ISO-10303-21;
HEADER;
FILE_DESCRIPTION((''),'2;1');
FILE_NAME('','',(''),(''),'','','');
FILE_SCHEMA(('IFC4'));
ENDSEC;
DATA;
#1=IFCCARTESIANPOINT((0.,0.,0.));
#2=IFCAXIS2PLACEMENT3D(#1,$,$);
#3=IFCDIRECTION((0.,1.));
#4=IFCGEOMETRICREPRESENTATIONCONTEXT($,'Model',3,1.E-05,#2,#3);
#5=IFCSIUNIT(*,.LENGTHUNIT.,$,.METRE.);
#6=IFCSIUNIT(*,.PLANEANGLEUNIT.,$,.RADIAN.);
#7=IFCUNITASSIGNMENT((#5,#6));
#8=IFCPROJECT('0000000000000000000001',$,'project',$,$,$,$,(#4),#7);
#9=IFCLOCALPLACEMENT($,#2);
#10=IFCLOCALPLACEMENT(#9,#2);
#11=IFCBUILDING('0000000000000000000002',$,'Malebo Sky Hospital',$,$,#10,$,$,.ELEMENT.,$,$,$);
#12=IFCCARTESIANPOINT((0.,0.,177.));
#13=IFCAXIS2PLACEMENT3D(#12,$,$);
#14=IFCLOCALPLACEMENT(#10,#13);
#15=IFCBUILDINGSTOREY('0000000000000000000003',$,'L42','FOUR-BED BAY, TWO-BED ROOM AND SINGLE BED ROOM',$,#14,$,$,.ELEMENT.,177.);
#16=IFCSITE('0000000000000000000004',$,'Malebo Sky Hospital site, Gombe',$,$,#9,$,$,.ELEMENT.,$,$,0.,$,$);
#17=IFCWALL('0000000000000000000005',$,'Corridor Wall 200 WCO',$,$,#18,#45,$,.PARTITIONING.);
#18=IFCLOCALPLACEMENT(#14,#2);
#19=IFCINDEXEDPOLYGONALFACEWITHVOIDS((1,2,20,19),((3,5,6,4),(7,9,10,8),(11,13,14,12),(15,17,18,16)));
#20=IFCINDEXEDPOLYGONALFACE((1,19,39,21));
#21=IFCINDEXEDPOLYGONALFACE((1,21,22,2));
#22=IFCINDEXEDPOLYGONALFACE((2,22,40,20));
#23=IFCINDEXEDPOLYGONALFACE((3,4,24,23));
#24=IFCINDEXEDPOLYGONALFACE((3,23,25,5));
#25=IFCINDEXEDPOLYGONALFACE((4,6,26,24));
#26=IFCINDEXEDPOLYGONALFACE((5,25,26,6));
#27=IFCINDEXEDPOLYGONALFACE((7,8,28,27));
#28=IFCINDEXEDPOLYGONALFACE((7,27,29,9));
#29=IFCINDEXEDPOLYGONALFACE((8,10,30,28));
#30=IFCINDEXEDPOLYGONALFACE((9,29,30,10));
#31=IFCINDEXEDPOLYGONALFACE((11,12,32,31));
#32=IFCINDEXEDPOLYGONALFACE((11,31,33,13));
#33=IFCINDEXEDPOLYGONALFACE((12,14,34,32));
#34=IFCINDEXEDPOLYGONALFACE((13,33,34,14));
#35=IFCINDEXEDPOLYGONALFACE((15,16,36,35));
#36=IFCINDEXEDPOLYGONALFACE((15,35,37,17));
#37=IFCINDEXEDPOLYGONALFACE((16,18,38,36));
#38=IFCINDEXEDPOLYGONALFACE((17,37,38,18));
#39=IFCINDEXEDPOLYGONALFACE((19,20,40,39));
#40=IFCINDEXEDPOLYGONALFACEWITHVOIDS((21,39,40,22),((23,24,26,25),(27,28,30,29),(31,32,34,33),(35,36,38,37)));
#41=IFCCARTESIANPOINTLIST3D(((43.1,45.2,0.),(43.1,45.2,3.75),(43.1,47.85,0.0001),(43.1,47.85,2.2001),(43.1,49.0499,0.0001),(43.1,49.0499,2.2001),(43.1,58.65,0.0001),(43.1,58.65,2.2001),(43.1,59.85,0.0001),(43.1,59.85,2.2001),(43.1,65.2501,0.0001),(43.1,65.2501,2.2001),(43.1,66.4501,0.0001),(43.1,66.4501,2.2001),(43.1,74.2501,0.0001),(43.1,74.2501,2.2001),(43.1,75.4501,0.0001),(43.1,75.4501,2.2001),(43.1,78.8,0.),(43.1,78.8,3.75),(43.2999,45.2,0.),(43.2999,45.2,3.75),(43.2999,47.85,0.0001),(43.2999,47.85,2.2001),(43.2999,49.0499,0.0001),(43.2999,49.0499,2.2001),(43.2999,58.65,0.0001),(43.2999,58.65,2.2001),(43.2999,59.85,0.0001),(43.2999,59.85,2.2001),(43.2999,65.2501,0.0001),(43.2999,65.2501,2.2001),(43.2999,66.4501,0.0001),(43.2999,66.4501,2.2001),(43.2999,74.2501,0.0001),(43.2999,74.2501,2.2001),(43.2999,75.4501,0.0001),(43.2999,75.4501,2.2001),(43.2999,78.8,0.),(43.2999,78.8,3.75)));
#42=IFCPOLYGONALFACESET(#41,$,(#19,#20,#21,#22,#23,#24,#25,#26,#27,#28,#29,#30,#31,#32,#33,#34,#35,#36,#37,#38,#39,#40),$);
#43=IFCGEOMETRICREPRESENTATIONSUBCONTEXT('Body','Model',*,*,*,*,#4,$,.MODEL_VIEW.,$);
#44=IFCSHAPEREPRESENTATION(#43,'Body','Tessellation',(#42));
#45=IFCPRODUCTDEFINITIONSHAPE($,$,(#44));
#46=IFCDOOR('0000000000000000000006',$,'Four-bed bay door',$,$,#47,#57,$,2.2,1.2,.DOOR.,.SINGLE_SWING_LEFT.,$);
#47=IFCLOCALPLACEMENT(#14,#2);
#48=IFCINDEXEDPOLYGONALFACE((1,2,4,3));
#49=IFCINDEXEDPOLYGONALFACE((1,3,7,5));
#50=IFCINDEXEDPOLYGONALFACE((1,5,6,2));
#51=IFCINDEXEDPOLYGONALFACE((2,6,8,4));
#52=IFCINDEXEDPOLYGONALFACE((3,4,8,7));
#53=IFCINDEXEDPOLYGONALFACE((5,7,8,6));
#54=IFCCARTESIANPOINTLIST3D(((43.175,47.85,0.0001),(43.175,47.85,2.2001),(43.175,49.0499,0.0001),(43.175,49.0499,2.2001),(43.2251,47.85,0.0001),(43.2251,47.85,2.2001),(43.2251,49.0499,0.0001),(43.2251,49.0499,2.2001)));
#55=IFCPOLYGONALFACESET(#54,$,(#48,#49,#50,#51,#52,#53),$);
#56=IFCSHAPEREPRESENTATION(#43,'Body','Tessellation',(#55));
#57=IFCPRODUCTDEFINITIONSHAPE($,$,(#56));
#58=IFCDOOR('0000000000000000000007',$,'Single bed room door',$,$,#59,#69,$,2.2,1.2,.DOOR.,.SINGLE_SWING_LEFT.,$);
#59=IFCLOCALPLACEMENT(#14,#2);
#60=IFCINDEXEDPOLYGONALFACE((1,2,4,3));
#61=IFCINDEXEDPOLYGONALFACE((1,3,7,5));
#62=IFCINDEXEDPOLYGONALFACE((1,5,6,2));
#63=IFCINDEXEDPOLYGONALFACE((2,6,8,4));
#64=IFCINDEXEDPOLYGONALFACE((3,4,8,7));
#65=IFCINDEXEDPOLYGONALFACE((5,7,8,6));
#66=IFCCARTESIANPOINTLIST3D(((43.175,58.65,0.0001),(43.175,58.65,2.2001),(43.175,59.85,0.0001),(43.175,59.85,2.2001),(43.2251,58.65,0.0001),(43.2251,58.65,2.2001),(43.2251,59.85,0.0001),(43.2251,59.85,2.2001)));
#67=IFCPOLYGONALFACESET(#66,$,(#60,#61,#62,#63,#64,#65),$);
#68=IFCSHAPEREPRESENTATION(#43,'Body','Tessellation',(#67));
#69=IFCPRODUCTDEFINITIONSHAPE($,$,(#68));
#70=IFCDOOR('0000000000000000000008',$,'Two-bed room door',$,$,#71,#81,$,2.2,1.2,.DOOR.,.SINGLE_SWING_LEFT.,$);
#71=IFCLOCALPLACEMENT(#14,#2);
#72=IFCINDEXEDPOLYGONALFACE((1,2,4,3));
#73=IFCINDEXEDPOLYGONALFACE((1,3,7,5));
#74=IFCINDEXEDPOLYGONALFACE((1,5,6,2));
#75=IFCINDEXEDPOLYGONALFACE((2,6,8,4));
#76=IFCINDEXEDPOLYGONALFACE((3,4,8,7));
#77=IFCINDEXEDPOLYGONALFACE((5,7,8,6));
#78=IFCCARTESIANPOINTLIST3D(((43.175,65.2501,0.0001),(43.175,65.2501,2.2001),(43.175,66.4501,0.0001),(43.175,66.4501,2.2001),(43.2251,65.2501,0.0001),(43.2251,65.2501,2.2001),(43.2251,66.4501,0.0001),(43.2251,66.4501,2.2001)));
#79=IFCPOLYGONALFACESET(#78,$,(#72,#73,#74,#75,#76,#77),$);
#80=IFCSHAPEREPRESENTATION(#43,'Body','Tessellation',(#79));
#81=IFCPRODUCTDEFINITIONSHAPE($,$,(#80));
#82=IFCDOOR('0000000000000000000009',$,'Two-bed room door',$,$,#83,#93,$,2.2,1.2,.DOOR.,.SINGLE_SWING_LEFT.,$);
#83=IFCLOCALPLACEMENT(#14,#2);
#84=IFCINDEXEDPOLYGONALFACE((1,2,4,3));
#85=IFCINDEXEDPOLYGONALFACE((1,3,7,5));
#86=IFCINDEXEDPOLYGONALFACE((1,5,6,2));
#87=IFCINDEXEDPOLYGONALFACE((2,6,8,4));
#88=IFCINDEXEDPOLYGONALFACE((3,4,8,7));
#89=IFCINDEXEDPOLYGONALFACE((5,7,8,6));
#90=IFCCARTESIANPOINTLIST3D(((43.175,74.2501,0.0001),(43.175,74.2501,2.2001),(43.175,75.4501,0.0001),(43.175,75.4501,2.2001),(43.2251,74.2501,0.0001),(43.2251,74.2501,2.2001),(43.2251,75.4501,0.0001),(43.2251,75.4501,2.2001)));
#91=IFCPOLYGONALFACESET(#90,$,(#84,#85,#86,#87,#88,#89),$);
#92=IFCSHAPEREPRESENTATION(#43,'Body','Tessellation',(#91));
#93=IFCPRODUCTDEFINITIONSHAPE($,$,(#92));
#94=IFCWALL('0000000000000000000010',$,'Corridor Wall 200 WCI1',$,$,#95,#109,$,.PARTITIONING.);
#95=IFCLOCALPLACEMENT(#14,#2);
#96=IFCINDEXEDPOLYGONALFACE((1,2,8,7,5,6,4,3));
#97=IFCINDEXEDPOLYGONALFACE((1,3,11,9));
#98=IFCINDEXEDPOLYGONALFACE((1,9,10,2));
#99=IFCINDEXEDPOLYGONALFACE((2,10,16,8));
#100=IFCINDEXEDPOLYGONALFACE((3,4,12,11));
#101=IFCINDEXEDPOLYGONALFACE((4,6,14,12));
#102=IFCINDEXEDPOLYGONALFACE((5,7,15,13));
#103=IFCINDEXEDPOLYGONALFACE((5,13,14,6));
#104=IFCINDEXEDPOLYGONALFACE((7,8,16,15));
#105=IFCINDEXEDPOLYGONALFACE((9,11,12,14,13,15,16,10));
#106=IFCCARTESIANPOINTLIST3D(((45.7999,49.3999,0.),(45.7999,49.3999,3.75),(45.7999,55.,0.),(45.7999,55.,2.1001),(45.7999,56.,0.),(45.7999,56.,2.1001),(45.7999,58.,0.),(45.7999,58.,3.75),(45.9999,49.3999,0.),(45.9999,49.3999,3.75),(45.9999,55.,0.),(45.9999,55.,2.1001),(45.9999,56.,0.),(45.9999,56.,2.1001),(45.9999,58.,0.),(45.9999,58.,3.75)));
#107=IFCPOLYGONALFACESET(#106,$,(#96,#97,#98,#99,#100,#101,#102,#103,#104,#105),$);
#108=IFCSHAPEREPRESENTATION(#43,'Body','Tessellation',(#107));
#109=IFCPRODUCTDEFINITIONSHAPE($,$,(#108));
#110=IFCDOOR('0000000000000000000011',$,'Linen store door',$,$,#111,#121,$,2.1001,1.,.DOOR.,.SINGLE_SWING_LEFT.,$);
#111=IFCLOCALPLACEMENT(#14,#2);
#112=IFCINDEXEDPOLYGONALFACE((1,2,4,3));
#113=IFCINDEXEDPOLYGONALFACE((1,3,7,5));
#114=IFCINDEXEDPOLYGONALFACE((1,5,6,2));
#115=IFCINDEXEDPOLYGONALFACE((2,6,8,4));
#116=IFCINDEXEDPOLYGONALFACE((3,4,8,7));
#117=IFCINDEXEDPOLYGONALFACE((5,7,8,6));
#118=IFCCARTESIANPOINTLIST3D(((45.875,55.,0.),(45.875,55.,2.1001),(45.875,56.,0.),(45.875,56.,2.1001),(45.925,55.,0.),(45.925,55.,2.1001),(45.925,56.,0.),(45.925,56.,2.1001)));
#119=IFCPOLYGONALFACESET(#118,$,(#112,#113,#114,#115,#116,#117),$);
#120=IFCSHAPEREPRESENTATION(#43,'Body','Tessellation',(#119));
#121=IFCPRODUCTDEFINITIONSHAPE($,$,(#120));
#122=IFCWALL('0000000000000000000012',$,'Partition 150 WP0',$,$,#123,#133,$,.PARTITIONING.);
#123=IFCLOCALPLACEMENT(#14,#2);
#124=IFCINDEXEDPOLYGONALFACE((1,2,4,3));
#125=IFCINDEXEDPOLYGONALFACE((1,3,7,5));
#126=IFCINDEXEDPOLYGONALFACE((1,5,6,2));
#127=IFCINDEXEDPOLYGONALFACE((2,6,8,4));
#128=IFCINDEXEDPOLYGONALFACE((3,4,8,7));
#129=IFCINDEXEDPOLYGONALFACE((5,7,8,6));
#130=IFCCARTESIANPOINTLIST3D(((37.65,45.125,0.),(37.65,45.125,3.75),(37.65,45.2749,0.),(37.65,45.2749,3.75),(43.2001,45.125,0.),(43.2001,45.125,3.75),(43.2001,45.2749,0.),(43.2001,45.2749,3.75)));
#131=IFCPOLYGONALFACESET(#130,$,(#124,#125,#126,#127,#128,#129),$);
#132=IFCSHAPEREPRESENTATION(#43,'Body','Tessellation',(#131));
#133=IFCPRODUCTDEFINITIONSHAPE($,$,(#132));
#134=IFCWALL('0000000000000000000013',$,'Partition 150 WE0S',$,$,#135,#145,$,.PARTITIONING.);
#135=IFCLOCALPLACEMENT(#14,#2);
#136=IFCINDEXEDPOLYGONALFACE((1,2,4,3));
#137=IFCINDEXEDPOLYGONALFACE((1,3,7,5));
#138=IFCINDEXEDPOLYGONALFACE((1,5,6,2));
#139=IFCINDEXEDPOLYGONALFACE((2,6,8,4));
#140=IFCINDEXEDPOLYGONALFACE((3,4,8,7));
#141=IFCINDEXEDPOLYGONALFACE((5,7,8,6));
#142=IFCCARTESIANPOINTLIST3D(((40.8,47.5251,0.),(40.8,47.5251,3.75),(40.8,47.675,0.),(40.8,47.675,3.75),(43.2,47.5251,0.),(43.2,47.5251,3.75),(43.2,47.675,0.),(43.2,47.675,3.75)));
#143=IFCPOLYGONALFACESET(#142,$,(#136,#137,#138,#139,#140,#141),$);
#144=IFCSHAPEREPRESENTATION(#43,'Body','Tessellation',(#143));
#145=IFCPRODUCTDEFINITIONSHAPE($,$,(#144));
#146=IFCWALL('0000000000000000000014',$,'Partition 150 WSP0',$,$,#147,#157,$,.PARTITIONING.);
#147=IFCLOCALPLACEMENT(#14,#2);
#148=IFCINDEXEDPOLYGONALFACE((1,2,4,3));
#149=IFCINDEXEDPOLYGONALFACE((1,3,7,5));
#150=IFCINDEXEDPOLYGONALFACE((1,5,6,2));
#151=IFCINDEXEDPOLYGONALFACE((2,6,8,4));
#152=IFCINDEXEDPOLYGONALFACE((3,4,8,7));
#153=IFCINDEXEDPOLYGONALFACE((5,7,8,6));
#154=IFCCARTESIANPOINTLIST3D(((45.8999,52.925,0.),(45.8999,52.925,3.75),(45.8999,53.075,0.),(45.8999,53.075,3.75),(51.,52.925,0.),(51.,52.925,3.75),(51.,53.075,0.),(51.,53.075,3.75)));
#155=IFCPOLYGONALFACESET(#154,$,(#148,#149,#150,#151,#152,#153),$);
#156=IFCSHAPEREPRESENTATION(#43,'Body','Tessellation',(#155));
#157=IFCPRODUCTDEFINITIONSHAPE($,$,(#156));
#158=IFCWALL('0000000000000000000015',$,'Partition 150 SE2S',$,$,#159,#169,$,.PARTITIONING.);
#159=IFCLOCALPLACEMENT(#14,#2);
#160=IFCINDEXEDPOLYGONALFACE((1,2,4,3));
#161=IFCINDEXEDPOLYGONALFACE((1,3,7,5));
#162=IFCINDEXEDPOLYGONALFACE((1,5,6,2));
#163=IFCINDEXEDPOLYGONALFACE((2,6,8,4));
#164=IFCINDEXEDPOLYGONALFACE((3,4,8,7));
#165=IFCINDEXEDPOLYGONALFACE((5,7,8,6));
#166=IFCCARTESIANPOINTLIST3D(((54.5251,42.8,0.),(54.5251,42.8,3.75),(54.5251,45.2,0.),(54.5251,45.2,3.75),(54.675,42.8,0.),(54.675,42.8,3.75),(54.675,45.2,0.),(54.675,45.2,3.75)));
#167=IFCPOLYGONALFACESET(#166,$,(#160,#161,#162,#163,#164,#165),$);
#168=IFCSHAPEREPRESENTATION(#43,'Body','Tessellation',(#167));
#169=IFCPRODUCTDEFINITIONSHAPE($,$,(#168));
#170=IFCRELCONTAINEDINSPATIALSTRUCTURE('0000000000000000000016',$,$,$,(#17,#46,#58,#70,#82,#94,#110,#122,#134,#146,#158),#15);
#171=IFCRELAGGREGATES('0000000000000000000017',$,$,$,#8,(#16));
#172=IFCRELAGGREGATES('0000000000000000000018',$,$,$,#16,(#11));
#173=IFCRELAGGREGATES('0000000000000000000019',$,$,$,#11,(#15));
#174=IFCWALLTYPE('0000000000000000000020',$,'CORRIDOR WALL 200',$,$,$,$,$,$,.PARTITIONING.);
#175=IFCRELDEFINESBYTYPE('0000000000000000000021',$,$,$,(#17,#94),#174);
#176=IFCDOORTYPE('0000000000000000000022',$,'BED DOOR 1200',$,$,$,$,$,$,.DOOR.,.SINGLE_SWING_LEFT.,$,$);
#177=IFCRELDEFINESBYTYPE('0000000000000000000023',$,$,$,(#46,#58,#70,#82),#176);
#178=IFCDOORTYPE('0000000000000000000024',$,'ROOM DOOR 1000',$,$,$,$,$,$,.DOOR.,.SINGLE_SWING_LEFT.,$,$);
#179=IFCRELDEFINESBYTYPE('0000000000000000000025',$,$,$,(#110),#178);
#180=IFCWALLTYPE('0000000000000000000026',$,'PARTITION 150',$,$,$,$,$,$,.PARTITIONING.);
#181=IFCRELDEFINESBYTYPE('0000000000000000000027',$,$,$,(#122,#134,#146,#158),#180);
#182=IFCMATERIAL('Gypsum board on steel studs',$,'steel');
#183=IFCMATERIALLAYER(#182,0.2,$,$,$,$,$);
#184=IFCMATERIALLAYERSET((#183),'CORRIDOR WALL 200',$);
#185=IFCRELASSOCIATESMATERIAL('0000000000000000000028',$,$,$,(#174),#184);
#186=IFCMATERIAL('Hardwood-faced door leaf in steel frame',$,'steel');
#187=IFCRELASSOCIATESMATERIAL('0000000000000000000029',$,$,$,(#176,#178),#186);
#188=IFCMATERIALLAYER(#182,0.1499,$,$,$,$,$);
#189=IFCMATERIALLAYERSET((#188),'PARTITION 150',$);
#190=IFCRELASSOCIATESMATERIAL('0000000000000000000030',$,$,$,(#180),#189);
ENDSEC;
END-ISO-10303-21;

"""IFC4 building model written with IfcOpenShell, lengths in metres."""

from ifc_helpers import new_model, si_unit, direction, frame, frame_2d, origin, place, context, subcontext, project, spatial, rectangle, extrude, material, layer, layer_set, type_object, element, fill, save


model = new_model("IFC4")

# Units and contexts
model_context = context("Model", 3, precision=1e-05, world=origin(), true_north=direction((0.0, 1.0)))
body_context = subcontext(model_context, "Body", "Model", "MODEL_VIEW")
ifc_project = project(units=[si_unit("LENGTHUNIT", "METRE"), si_unit("PLANEANGLEUNIT", "RADIAN")], contexts=[model_context])

# Site, building, storey
site_placement = place(None, origin())
site = spatial("IfcSite", under=ifc_project, at=site_placement, Name="Malebo Sky Hospital site, Gombe", CompositionType="ELEMENT", RefElevation=0.0)
building_placement = place(site_placement, origin())
building = spatial("IfcBuilding", under=site, at=building_placement, Name="Malebo Sky Hospital", CompositionType="ELEMENT")
storey_placement = place(building_placement, frame((0.0, 0.0, 177.0)))
storey = spatial("IfcBuildingStorey", under=building, at=storey_placement, Name="L42", Description="FOUR-BED BAY, TWO-BED ROOM AND SINGLE BED ROOM", CompositionType="ELEMENT", Elevation=177.0)

# Wall, openings, doors
ifc_material_1 = material(Name="Gypsum board on steel studs", Category="steel")
ifc_layer_1 = layer(ifc_material_1, 0.2)
ifc_layer_set_1 = layer_set([ifc_layer_1], Name="CORRIDOR WALL 200")
wall_type_1 = type_object("IfcWallType", Name="CORRIDOR WALL 200", PredefinedType="PARTITIONING", material=ifc_layer_set_1)
wall_1_placement = place(storey_placement, frame((43.2, 45.2, 0.0), z_axis=(0.0, 0.0, 1.0), x_axis=(0.0, 1.0, 0.0)))
wall_1 = element("IfcWall", 1, at=wall_1_placement, inside=storey, type_object=wall_type_1, Name="Corridor Wall 200 WCO", PredefinedType="PARTITIONING", context=body_context, shape_type="SweptSolid", body=[
    extrude(rectangle(XDim=33.6001, YDim=0.2, at=frame_2d((16.8, 0.0))), origin(), (0.0, 0.0, 1.0), 3.75),
])
opening_1_placement = place(wall_1_placement, frame((2.6499, 0.0, 0.0)))
opening_1 = element("IfcOpeningElement", 2, at=opening_1_placement, cuts=wall_1, PredefinedType="OPENING", context=body_context, shape_type="SweptSolid", body=[
    extrude(rectangle(XDim=1.2, YDim=2.2, at=frame_2d((0.6001, 1.1001))), frame((0.0, 0.1099, 0.0), z_axis=(0.0, -1.0, 0.0), x_axis=(1.0, 0.0, 0.0)), (0.0, 0.0, 1.0), 0.22),
])
opening_2_placement = place(wall_1_placement, frame((13.45, 0.0, 0.0)))
opening_2 = element("IfcOpeningElement", 3, at=opening_2_placement, cuts=wall_1, PredefinedType="OPENING", context=body_context, shape_type="SweptSolid", body=[
    extrude(rectangle(XDim=1.2, YDim=2.2, at=frame_2d((0.6001, 1.1001))), frame((0.0, 0.1099, 0.0), z_axis=(0.0, -1.0, 0.0), x_axis=(1.0, 0.0, 0.0)), (0.0, 0.0, 1.0), 0.22),
])
opening_3_placement = place(wall_1_placement, frame((20.05, 0.0, 0.0)))
opening_3 = element("IfcOpeningElement", 4, at=opening_3_placement, cuts=wall_1, PredefinedType="OPENING", context=body_context, shape_type="SweptSolid", body=[
    extrude(rectangle(XDim=1.2, YDim=2.2, at=frame_2d((0.6001, 1.1001))), frame((0.0, 0.1099, 0.0), z_axis=(0.0, -1.0, 0.0), x_axis=(1.0, 0.0, 0.0)), (0.0, 0.0, 1.0), 0.22),
])
opening_4_placement = place(wall_1_placement, frame((29.05, 0.0, 0.0)))
opening_4 = element("IfcOpeningElement", 5, at=opening_4_placement, cuts=wall_1, PredefinedType="OPENING", context=body_context, shape_type="SweptSolid", body=[
    extrude(rectangle(XDim=1.2, YDim=2.2, at=frame_2d((0.6001, 1.1001))), frame((0.0, 0.1099, 0.0), z_axis=(0.0, -1.0, 0.0), x_axis=(1.0, 0.0, 0.0)), (0.0, 0.0, 1.0), 0.22),
])
ifc_material_2 = material(Name="Hardwood-faced door leaf in steel frame", Category="steel")
door_type_1 = type_object("IfcDoorType", Name="BED DOOR 1200", OperationType="SINGLE_SWING_LEFT", PredefinedType="DOOR", material=ifc_material_2)
door_1_placement = place(opening_1_placement, origin())
door_1 = element("IfcDoor", 6, at=door_1_placement, inside=storey, type_object=door_type_1, Name="Four-bed bay door", OperationType="SINGLE_SWING_LEFT", OverallHeight=2.2, OverallWidth=1.2, PredefinedType="DOOR", context=body_context, shape_type="SweptSolid", body=[
    extrude(rectangle(XDim=1.2, YDim=2.2, at=frame_2d((0.6001, 1.1001))), frame((0.0, 0.0249, 0.0), z_axis=(0.0, -1.0, 0.0), x_axis=(1.0, 0.0, 0.0)), (0.0, 0.0, 1.0), 0.05),
])
fill(opening_1, door_1)
door_2_placement = place(opening_2_placement, origin())
door_2 = element("IfcDoor", 7, at=door_2_placement, inside=storey, type_object=door_type_1, Name="Single bed room door", OperationType="SINGLE_SWING_LEFT", OverallHeight=2.2, OverallWidth=1.2, PredefinedType="DOOR", context=body_context, shape_type="SweptSolid", body=[
    extrude(rectangle(XDim=1.2, YDim=2.2, at=frame_2d((0.6001, 1.1001))), frame((0.0, 0.0249, 0.0), z_axis=(0.0, -1.0, 0.0), x_axis=(1.0, 0.0, 0.0)), (0.0, 0.0, 1.0), 0.05),
])
fill(opening_2, door_2)
door_3_placement = place(opening_3_placement, origin())
door_3 = element("IfcDoor", 8, at=door_3_placement, inside=storey, type_object=door_type_1, Name="Two-bed room door", OperationType="SINGLE_SWING_LEFT", OverallHeight=2.2, OverallWidth=1.2, PredefinedType="DOOR", context=body_context, shape_type="SweptSolid", body=[
    extrude(rectangle(XDim=1.2, YDim=2.2, at=frame_2d((0.6001, 1.1001))), frame((0.0, 0.0249, 0.0), z_axis=(0.0, -1.0, 0.0), x_axis=(1.0, 0.0, 0.0)), (0.0, 0.0, 1.0), 0.05),
])
fill(opening_3, door_3)
door_4_placement = place(opening_4_placement, origin())
door_4 = element("IfcDoor", 9, at=door_4_placement, inside=storey, type_object=door_type_1, Name="Two-bed room door", OperationType="SINGLE_SWING_LEFT", OverallHeight=2.2, OverallWidth=1.2, PredefinedType="DOOR", context=body_context, shape_type="SweptSolid", body=[
    extrude(rectangle(XDim=1.2, YDim=2.2, at=frame_2d((0.6001, 1.1001))), frame((0.0, 0.0249, 0.0), z_axis=(0.0, -1.0, 0.0), x_axis=(1.0, 0.0, 0.0)), (0.0, 0.0, 1.0), 0.05),
])
fill(opening_4, door_4)

# Wall, opening, door
wall_2_placement = place(storey_placement, frame((45.8999, 49.3999, 0.0), z_axis=(0.0, 0.0, 1.0), x_axis=(0.0, 1.0, 0.0)))
wall_2 = element("IfcWall", 10, at=wall_2_placement, inside=storey, type_object=wall_type_1, Name="Corridor Wall 200 WCI1", PredefinedType="PARTITIONING", context=body_context, shape_type="SweptSolid", body=[
    extrude(rectangle(XDim=8.6001, YDim=0.2, at=frame_2d((4.3, 0.0))), origin(), (0.0, 0.0, 1.0), 3.75),
])
opening_5_placement = place(wall_2_placement, frame((5.6001, 0.0, 0.0)))
opening_5 = element("IfcOpeningElement", 11, at=opening_5_placement, cuts=wall_2, PredefinedType="OPENING", context=body_context, shape_type="SweptSolid", body=[
    extrude(rectangle(XDim=1.0, YDim=2.1001, at=frame_2d((0.5, 1.05))), frame((0.0, 0.1099, 0.0), z_axis=(0.0, -1.0, 0.0), x_axis=(1.0, 0.0, 0.0)), (0.0, 0.0, 1.0), 0.22),
])
door_type_2 = type_object("IfcDoorType", Name="ROOM DOOR 1000", OperationType="SINGLE_SWING_LEFT", PredefinedType="DOOR", material=ifc_material_2)
door_5_placement = place(opening_5_placement, origin())
door_5 = element("IfcDoor", 12, at=door_5_placement, inside=storey, type_object=door_type_2, Name="Linen store door", OperationType="SINGLE_SWING_LEFT", OverallHeight=2.1001, OverallWidth=1.0, PredefinedType="DOOR", context=body_context, shape_type="SweptSolid", body=[
    extrude(rectangle(XDim=1.0, YDim=2.1001, at=frame_2d((0.5, 1.05))), frame((0.0, 0.0249, 0.0), z_axis=(0.0, -1.0, 0.0), x_axis=(1.0, 0.0, 0.0)), (0.0, 0.0, 1.0), 0.05),
])
fill(opening_5, door_5)

# Walls
ifc_layer_2 = layer(ifc_material_1, 0.1499)
ifc_layer_set_2 = layer_set([ifc_layer_2], Name="PARTITION 150")
wall_type_2 = type_object("IfcWallType", Name="PARTITION 150", PredefinedType="PARTITIONING", material=ifc_layer_set_2)
wall_3_placement = place(storey_placement, frame((43.2, 45.2, 0.0), z_axis=(0.0, 0.0, 1.0), x_axis=(-1.0, 0.0, 0.0)))
element("IfcWall", 13, at=wall_3_placement, inside=storey, type_object=wall_type_2, Name="Partition 150 WP0", PredefinedType="PARTITIONING", context=body_context, shape_type="SweptSolid", body=[
    extrude(rectangle(XDim=5.55, YDim=0.1499, at=frame_2d((2.7749, 0.0))), origin(), (0.0, 0.0, 1.0), 3.75),
])
wall_4_placement = place(storey_placement, frame((43.2, 47.6001, 0.0), z_axis=(0.0, 0.0, 1.0), x_axis=(-1.0, 0.0, 0.0)))
element("IfcWall", 14, at=wall_4_placement, inside=storey, type_object=wall_type_2, Name="Partition 150 WE0S", PredefinedType="PARTITIONING", context=body_context, shape_type="SweptSolid", body=[
    extrude(rectangle(XDim=2.3999, YDim=0.1499, at=frame_2d((1.2, 0.0))), origin(), (0.0, 0.0, 1.0), 3.75),
])
wall_5_placement = place(storey_placement, frame((51.0, 53.0, 0.0), z_axis=(0.0, 0.0, 1.0), x_axis=(-1.0, 0.0, 0.0)))
element("IfcWall", 15, at=wall_5_placement, inside=storey, type_object=wall_type_2, Name="Partition 150 WSP0", PredefinedType="PARTITIONING", context=body_context, shape_type="SweptSolid", body=[
    extrude(rectangle(XDim=5.1001, YDim=0.1499, at=frame_2d((2.55, 0.0))), origin(), (0.0, 0.0, 1.0), 3.75),
])
for number, where, z_axis, x_axis, name in (
    (16, (54.6001, 45.2, 0.0), (0.0, 0.0, 1.0), (0.0, -1.0, 0.0), "Partition 150 SE2S"),
):
    element("IfcWall", number, at=place(storey_placement, frame(where, z_axis=z_axis, x_axis=x_axis)), inside=storey, type_object=wall_type_2, Name=name, PredefinedType="PARTITIONING", context=body_context, shape_type="SweptSolid", body=[
        extrude(rectangle(XDim=2.3999, YDim=0.1499, at=frame_2d((1.2, 0.0))), origin(), (0.0, 0.0, 1.0), 3.75),
    ])

save(model, "model.ifc")
